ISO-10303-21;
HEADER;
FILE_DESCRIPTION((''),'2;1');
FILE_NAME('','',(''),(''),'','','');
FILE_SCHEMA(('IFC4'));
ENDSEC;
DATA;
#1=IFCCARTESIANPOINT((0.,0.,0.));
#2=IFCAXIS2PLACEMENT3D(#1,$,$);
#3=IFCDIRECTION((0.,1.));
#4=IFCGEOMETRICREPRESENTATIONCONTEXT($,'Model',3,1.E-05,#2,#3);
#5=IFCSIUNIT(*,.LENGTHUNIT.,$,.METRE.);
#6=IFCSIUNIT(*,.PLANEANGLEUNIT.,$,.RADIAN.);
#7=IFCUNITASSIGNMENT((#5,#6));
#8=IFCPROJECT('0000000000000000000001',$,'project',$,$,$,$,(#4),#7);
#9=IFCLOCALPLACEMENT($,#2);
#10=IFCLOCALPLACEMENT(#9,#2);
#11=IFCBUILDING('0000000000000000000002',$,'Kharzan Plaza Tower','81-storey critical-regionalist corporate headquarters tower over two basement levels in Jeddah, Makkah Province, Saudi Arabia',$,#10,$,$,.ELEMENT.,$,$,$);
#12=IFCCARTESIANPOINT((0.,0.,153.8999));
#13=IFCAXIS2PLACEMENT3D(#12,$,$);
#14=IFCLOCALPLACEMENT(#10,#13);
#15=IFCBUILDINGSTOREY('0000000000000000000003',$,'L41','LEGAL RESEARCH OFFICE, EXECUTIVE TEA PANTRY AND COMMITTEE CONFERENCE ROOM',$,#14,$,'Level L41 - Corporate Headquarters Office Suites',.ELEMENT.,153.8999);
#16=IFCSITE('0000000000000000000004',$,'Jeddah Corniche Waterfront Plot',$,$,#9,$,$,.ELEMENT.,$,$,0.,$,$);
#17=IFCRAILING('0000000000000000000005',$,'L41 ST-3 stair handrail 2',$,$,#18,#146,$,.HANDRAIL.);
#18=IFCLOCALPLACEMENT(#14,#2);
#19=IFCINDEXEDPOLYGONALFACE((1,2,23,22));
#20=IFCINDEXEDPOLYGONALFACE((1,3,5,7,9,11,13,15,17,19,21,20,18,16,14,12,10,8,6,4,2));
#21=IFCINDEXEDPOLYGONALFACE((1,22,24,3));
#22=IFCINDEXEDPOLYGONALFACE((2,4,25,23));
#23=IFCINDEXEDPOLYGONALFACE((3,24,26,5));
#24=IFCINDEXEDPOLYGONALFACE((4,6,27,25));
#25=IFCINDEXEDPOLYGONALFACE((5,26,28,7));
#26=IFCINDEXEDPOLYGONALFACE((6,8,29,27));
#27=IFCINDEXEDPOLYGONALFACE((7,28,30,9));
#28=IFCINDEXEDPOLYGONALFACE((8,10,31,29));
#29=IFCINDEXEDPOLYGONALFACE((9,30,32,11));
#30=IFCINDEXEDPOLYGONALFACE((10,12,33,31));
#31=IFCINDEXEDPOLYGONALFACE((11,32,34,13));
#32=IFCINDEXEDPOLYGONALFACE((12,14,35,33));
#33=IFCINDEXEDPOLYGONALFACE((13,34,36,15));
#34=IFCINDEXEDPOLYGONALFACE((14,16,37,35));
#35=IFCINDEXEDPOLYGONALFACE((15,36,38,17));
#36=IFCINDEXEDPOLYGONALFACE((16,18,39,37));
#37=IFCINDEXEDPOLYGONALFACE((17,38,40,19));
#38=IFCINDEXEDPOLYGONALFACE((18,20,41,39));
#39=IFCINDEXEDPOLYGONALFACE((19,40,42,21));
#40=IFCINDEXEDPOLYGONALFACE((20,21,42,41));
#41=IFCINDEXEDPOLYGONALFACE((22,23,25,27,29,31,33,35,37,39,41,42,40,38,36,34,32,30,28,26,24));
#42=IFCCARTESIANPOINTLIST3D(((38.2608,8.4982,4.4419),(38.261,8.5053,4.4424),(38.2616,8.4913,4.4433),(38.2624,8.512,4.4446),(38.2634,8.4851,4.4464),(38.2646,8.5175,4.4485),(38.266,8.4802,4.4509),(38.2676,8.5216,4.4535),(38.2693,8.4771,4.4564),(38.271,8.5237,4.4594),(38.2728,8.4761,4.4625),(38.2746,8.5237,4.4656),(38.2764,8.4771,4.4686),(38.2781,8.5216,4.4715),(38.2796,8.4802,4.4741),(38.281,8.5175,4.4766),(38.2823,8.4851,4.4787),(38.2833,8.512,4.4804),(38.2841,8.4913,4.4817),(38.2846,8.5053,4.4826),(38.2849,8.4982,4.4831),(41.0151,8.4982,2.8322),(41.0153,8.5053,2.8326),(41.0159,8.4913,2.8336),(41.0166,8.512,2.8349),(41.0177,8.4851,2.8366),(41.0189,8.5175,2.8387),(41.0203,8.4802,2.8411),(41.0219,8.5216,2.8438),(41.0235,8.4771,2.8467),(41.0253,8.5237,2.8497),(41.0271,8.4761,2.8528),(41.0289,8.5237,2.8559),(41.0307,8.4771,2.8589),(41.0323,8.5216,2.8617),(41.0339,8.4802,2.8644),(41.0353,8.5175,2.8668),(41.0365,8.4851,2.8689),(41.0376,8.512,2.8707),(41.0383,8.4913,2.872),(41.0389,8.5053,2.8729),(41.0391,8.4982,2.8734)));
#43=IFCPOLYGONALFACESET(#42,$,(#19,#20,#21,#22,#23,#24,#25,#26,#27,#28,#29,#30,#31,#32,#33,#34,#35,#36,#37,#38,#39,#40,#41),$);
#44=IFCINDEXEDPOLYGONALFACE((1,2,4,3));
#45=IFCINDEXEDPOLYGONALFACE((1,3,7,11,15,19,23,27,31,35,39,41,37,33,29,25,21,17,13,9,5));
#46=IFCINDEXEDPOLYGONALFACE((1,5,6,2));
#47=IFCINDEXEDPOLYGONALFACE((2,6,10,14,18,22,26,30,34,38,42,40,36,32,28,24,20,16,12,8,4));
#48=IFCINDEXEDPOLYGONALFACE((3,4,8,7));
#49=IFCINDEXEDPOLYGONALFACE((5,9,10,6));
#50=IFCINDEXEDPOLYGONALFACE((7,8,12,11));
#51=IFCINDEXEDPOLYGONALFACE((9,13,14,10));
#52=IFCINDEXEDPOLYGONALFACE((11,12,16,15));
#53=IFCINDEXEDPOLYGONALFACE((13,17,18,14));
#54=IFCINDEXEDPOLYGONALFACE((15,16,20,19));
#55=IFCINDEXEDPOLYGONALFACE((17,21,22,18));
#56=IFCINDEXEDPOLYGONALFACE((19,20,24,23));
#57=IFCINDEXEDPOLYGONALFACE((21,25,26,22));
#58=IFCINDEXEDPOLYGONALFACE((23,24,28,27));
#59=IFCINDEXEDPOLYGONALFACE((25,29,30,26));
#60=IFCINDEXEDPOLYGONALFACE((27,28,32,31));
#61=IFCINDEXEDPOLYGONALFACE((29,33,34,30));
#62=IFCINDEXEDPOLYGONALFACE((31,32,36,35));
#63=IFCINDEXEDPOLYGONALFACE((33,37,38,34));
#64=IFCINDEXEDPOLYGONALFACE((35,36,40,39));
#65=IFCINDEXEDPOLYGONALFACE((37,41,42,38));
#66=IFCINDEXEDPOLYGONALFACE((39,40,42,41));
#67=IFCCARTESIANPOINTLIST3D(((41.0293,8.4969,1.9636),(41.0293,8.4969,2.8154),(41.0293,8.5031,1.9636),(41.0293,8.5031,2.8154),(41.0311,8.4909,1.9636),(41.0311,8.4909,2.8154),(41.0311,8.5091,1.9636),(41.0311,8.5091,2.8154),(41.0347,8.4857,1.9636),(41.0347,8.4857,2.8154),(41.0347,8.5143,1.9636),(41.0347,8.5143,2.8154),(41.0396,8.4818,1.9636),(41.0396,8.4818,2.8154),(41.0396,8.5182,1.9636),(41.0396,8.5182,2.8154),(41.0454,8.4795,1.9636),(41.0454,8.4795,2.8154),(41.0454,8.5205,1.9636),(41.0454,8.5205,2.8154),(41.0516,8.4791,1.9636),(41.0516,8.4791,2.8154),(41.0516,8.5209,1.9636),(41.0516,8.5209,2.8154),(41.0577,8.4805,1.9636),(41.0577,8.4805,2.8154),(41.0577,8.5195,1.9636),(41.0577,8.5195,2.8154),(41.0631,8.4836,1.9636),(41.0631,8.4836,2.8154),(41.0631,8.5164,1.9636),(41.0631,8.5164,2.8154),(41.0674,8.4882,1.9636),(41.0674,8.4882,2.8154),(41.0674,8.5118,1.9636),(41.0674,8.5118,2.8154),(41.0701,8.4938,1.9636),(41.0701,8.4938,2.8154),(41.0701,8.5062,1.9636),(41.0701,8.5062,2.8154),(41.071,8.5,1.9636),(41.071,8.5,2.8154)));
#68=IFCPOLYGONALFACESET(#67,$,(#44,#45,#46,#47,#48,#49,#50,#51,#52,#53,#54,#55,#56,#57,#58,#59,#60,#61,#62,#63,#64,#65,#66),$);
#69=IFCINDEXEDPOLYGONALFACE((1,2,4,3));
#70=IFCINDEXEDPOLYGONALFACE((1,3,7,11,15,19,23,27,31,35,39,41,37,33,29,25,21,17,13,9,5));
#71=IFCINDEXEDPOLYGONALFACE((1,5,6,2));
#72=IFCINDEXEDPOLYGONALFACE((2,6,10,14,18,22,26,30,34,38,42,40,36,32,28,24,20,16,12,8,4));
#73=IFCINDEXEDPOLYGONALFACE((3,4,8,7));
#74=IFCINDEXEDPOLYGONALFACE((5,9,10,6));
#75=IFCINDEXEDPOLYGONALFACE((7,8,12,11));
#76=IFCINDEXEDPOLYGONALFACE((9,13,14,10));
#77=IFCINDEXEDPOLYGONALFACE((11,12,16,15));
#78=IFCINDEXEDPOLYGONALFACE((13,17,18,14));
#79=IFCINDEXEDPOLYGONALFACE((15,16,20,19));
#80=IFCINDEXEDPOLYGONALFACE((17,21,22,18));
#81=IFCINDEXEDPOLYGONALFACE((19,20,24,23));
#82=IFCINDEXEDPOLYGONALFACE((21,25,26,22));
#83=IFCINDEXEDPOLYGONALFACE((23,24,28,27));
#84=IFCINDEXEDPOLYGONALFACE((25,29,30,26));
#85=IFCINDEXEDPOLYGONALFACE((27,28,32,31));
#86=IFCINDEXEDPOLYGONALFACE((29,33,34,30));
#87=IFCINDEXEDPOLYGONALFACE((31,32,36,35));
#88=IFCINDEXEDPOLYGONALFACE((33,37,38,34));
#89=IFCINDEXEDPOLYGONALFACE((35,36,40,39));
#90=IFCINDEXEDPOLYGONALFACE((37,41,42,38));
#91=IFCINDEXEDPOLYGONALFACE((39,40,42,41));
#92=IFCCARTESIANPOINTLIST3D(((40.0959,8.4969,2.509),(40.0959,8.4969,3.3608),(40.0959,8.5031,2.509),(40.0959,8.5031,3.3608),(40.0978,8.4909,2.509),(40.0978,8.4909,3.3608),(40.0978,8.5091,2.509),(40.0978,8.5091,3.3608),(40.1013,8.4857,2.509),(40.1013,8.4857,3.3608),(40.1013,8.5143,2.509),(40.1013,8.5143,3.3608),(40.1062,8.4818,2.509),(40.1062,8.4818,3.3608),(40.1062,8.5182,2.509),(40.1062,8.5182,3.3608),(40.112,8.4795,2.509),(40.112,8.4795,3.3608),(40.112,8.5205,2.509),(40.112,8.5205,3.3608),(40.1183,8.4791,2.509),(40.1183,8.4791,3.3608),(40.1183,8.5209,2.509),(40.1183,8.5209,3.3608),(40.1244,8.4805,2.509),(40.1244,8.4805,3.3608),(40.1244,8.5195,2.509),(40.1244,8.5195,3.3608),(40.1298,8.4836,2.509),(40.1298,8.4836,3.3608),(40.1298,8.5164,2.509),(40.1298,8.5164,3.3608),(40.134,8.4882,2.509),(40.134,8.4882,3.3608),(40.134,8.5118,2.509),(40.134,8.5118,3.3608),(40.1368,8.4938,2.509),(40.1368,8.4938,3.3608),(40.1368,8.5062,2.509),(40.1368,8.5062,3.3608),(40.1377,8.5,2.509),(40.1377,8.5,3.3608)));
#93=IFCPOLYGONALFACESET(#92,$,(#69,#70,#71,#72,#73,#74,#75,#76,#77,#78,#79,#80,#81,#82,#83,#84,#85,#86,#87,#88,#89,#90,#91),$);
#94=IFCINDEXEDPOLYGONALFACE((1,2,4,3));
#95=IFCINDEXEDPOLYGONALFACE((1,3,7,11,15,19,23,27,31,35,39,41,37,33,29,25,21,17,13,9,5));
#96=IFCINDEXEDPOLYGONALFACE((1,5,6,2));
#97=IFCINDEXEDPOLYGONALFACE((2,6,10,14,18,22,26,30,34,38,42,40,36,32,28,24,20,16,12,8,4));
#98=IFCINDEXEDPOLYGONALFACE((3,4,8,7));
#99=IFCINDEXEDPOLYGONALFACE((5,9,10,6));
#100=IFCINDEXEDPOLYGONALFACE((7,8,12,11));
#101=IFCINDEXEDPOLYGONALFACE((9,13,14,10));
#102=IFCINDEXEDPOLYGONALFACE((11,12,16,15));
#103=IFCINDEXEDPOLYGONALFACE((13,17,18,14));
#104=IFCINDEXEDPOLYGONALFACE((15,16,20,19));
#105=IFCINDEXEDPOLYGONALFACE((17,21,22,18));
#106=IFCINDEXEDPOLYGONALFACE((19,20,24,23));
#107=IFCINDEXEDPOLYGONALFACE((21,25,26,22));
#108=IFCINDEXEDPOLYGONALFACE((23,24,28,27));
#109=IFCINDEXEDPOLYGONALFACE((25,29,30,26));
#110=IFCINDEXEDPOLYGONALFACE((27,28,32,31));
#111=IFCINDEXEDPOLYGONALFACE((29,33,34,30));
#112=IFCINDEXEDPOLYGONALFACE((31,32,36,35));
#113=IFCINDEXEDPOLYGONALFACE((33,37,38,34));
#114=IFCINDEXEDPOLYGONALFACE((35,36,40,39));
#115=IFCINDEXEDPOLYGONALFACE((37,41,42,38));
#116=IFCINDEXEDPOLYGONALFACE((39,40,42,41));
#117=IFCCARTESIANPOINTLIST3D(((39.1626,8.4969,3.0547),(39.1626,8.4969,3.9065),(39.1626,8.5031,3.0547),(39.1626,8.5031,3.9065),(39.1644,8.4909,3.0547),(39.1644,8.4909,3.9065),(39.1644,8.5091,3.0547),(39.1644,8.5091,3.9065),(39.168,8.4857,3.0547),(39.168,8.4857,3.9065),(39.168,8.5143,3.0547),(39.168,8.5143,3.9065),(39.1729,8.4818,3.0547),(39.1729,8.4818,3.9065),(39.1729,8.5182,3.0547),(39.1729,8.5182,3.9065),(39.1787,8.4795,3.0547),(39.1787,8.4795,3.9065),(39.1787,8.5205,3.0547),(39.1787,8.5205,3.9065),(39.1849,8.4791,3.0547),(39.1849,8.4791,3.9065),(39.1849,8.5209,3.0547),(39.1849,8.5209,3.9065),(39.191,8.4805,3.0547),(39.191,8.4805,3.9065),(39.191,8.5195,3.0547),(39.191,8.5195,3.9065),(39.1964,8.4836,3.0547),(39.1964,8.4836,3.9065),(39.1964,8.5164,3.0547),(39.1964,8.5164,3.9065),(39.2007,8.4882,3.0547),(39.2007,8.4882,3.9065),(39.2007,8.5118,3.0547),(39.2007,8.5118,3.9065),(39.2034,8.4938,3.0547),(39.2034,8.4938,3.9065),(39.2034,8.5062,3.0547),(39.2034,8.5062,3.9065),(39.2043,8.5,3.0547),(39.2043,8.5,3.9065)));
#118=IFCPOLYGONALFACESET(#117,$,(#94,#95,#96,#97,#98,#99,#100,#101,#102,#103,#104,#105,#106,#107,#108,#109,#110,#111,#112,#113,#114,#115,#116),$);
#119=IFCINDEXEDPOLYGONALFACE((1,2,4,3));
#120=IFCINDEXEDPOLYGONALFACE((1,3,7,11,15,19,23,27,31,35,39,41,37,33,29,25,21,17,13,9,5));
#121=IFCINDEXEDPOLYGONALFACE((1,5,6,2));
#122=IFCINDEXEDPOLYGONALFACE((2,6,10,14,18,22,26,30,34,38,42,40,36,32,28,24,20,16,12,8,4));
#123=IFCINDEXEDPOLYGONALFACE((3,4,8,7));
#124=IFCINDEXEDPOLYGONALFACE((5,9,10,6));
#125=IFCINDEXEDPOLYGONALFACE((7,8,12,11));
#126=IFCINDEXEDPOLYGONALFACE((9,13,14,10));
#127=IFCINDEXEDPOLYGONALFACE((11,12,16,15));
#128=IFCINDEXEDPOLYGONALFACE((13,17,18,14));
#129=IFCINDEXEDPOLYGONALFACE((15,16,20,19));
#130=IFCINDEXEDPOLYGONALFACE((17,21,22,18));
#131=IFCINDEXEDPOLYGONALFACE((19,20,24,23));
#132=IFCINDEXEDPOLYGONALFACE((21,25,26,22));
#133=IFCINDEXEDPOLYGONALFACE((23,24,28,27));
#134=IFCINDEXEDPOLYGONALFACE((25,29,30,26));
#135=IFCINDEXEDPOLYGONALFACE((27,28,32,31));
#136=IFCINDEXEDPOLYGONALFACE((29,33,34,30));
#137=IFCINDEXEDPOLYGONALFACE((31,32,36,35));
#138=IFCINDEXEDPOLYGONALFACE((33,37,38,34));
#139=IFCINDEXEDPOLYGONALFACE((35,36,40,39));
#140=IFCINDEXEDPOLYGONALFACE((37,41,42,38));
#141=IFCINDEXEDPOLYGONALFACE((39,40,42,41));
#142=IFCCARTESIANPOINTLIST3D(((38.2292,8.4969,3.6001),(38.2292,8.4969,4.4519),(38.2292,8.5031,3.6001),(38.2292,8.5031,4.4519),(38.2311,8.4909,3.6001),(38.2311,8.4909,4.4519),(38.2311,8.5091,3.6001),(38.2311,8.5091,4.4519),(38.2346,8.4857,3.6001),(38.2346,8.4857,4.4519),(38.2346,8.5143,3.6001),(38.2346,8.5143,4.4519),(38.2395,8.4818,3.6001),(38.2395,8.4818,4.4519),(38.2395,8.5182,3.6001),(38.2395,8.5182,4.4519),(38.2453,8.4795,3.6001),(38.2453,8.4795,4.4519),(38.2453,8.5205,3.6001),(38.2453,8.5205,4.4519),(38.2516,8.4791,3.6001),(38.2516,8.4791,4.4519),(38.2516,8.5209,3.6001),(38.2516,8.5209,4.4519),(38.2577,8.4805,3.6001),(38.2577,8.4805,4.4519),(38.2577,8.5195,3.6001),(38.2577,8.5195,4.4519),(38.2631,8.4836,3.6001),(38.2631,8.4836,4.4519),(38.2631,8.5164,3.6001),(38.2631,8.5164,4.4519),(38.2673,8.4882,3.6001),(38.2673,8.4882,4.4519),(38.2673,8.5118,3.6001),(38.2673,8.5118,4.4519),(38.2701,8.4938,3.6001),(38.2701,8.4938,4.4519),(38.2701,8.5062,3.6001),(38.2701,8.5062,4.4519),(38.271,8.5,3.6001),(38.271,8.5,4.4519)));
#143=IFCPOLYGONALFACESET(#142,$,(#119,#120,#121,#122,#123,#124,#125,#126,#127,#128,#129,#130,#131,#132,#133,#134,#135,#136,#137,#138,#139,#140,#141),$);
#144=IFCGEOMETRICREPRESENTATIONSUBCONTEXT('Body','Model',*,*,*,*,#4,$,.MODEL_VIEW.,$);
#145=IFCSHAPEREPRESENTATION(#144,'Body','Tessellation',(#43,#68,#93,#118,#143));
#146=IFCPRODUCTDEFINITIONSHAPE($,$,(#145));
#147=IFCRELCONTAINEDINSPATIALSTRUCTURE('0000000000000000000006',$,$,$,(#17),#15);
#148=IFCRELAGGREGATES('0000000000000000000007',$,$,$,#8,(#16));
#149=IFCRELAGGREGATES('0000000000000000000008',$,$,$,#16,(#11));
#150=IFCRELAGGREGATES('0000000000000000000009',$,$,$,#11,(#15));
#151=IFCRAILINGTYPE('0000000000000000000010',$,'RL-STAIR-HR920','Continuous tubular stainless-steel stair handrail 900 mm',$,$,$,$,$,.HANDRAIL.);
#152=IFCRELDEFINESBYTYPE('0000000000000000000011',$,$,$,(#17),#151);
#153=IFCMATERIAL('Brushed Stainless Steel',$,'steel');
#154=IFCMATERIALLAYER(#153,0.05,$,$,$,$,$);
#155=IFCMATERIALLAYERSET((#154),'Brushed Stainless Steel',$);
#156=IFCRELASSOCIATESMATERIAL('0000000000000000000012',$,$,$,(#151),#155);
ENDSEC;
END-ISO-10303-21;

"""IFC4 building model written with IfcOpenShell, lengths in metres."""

from ifc_helpers import new_model, si_unit, direction, frame, origin, origin_2d, place, context, subcontext, project, spatial, circle, extrude, source, transform, mapped, material, layer, layer_set, type_object, element, save


model = new_model("IFC4")

# Units and contexts
model_context = context("Model", 3, precision=1e-05, world=origin(), true_north=direction((0.0, 1.0)))
body_context = subcontext(model_context, "Body", "Model", "MODEL_VIEW")
ifc_project = project(units=[si_unit("LENGTHUNIT", "METRE"), si_unit("PLANEANGLEUNIT", "RADIAN")], contexts=[model_context])

# Site, building, storey
site_placement = place(None, origin())
site = spatial("IfcSite", under=ifc_project, at=site_placement, Name="Jeddah Corniche Waterfront Plot", CompositionType="ELEMENT", RefElevation=0.0)
building_placement = place(site_placement, origin())
building = spatial("IfcBuilding", under=site, at=building_placement, Name="Kharzan Plaza Tower", Description="81-storey critical-regionalist corporate headquarters tower over two basement levels in Jeddah, Makkah Province, Saudi Arabia", CompositionType="ELEMENT")
storey_placement = place(building_placement, frame((0.0, 0.0, 153.8999)))
storey = spatial("IfcBuildingStorey", under=building, at=storey_placement, Name="L41", Description="LEGAL RESEARCH OFFICE, EXECUTIVE TEA PANTRY AND COMMITTEE CONFERENCE ROOM", LongName="Level L41 - Corporate Headquarters Office Suites", CompositionType="ELEMENT", Elevation=153.8999)

# Railing
ifc_material_1 = material(Name="Brushed Stainless Steel", Category="steel")
ifc_layer_1 = layer(ifc_material_1, 0.05)
ifc_layer_set_1 = layer_set([ifc_layer_1], Name="Brushed Stainless Steel")
railing_type_1 = type_object("IfcRailingType", Name="RL-STAIR-HR920", Description="Continuous tubular stainless-steel stair handrail 900 mm", PredefinedType="HANDRAIL", material=ifc_layer_set_1)
shared_shape_1 = source(origin(), body_context, "Body", "SweptSolid", [
    extrude(circle(Radius=0.0239, at=origin_2d()), frame((-0.0229, 0.0, 0.8892), z_axis=(-0.863361, 0.0, 0.504587), x_axis=(0.0, -1.0, 0.0)), (0.0, 0.0, 1.0), 3.1902),
    extrude(circle(Radius=0.021, at=origin_2d()), origin(), (0.0, 0.0, 1.0), 0.8518),
    extrude(circle(Radius=0.021, at=origin_2d()), frame((-0.9333, 0.0, 0.5454)), (0.0, 0.0, 1.0), 0.8518),
    extrude(circle(Radius=0.021, at=origin_2d()), frame((-1.8667, 0.0, 1.0911)), (0.0, 0.0, 1.0), 0.8518),
    extrude(circle(Radius=0.021, at=origin_2d()), frame((-2.8, 0.0, 1.6365)), (0.0, 0.0, 1.0), 0.8518),
])
railing_1_placement = place(storey_placement, frame((41.05, 8.5, 1.9636)))
element("IfcRailing", 1, at=railing_1_placement, inside=storey, type_object=railing_type_1, Name="L41 ST-3 stair handrail 2", PredefinedType="HANDRAIL", context=body_context, shape_type="MappedRepresentation", body=[
    mapped(shared_shape_1, transform((0.0, 0.0, 0.0), x_axis=(1.0, 0.0, 0.0), y_axis=(0.0, 1.0, 0.0), z_axis=(0.0, 0.0, 1.0))),
])

save(model, "model.ifc")
